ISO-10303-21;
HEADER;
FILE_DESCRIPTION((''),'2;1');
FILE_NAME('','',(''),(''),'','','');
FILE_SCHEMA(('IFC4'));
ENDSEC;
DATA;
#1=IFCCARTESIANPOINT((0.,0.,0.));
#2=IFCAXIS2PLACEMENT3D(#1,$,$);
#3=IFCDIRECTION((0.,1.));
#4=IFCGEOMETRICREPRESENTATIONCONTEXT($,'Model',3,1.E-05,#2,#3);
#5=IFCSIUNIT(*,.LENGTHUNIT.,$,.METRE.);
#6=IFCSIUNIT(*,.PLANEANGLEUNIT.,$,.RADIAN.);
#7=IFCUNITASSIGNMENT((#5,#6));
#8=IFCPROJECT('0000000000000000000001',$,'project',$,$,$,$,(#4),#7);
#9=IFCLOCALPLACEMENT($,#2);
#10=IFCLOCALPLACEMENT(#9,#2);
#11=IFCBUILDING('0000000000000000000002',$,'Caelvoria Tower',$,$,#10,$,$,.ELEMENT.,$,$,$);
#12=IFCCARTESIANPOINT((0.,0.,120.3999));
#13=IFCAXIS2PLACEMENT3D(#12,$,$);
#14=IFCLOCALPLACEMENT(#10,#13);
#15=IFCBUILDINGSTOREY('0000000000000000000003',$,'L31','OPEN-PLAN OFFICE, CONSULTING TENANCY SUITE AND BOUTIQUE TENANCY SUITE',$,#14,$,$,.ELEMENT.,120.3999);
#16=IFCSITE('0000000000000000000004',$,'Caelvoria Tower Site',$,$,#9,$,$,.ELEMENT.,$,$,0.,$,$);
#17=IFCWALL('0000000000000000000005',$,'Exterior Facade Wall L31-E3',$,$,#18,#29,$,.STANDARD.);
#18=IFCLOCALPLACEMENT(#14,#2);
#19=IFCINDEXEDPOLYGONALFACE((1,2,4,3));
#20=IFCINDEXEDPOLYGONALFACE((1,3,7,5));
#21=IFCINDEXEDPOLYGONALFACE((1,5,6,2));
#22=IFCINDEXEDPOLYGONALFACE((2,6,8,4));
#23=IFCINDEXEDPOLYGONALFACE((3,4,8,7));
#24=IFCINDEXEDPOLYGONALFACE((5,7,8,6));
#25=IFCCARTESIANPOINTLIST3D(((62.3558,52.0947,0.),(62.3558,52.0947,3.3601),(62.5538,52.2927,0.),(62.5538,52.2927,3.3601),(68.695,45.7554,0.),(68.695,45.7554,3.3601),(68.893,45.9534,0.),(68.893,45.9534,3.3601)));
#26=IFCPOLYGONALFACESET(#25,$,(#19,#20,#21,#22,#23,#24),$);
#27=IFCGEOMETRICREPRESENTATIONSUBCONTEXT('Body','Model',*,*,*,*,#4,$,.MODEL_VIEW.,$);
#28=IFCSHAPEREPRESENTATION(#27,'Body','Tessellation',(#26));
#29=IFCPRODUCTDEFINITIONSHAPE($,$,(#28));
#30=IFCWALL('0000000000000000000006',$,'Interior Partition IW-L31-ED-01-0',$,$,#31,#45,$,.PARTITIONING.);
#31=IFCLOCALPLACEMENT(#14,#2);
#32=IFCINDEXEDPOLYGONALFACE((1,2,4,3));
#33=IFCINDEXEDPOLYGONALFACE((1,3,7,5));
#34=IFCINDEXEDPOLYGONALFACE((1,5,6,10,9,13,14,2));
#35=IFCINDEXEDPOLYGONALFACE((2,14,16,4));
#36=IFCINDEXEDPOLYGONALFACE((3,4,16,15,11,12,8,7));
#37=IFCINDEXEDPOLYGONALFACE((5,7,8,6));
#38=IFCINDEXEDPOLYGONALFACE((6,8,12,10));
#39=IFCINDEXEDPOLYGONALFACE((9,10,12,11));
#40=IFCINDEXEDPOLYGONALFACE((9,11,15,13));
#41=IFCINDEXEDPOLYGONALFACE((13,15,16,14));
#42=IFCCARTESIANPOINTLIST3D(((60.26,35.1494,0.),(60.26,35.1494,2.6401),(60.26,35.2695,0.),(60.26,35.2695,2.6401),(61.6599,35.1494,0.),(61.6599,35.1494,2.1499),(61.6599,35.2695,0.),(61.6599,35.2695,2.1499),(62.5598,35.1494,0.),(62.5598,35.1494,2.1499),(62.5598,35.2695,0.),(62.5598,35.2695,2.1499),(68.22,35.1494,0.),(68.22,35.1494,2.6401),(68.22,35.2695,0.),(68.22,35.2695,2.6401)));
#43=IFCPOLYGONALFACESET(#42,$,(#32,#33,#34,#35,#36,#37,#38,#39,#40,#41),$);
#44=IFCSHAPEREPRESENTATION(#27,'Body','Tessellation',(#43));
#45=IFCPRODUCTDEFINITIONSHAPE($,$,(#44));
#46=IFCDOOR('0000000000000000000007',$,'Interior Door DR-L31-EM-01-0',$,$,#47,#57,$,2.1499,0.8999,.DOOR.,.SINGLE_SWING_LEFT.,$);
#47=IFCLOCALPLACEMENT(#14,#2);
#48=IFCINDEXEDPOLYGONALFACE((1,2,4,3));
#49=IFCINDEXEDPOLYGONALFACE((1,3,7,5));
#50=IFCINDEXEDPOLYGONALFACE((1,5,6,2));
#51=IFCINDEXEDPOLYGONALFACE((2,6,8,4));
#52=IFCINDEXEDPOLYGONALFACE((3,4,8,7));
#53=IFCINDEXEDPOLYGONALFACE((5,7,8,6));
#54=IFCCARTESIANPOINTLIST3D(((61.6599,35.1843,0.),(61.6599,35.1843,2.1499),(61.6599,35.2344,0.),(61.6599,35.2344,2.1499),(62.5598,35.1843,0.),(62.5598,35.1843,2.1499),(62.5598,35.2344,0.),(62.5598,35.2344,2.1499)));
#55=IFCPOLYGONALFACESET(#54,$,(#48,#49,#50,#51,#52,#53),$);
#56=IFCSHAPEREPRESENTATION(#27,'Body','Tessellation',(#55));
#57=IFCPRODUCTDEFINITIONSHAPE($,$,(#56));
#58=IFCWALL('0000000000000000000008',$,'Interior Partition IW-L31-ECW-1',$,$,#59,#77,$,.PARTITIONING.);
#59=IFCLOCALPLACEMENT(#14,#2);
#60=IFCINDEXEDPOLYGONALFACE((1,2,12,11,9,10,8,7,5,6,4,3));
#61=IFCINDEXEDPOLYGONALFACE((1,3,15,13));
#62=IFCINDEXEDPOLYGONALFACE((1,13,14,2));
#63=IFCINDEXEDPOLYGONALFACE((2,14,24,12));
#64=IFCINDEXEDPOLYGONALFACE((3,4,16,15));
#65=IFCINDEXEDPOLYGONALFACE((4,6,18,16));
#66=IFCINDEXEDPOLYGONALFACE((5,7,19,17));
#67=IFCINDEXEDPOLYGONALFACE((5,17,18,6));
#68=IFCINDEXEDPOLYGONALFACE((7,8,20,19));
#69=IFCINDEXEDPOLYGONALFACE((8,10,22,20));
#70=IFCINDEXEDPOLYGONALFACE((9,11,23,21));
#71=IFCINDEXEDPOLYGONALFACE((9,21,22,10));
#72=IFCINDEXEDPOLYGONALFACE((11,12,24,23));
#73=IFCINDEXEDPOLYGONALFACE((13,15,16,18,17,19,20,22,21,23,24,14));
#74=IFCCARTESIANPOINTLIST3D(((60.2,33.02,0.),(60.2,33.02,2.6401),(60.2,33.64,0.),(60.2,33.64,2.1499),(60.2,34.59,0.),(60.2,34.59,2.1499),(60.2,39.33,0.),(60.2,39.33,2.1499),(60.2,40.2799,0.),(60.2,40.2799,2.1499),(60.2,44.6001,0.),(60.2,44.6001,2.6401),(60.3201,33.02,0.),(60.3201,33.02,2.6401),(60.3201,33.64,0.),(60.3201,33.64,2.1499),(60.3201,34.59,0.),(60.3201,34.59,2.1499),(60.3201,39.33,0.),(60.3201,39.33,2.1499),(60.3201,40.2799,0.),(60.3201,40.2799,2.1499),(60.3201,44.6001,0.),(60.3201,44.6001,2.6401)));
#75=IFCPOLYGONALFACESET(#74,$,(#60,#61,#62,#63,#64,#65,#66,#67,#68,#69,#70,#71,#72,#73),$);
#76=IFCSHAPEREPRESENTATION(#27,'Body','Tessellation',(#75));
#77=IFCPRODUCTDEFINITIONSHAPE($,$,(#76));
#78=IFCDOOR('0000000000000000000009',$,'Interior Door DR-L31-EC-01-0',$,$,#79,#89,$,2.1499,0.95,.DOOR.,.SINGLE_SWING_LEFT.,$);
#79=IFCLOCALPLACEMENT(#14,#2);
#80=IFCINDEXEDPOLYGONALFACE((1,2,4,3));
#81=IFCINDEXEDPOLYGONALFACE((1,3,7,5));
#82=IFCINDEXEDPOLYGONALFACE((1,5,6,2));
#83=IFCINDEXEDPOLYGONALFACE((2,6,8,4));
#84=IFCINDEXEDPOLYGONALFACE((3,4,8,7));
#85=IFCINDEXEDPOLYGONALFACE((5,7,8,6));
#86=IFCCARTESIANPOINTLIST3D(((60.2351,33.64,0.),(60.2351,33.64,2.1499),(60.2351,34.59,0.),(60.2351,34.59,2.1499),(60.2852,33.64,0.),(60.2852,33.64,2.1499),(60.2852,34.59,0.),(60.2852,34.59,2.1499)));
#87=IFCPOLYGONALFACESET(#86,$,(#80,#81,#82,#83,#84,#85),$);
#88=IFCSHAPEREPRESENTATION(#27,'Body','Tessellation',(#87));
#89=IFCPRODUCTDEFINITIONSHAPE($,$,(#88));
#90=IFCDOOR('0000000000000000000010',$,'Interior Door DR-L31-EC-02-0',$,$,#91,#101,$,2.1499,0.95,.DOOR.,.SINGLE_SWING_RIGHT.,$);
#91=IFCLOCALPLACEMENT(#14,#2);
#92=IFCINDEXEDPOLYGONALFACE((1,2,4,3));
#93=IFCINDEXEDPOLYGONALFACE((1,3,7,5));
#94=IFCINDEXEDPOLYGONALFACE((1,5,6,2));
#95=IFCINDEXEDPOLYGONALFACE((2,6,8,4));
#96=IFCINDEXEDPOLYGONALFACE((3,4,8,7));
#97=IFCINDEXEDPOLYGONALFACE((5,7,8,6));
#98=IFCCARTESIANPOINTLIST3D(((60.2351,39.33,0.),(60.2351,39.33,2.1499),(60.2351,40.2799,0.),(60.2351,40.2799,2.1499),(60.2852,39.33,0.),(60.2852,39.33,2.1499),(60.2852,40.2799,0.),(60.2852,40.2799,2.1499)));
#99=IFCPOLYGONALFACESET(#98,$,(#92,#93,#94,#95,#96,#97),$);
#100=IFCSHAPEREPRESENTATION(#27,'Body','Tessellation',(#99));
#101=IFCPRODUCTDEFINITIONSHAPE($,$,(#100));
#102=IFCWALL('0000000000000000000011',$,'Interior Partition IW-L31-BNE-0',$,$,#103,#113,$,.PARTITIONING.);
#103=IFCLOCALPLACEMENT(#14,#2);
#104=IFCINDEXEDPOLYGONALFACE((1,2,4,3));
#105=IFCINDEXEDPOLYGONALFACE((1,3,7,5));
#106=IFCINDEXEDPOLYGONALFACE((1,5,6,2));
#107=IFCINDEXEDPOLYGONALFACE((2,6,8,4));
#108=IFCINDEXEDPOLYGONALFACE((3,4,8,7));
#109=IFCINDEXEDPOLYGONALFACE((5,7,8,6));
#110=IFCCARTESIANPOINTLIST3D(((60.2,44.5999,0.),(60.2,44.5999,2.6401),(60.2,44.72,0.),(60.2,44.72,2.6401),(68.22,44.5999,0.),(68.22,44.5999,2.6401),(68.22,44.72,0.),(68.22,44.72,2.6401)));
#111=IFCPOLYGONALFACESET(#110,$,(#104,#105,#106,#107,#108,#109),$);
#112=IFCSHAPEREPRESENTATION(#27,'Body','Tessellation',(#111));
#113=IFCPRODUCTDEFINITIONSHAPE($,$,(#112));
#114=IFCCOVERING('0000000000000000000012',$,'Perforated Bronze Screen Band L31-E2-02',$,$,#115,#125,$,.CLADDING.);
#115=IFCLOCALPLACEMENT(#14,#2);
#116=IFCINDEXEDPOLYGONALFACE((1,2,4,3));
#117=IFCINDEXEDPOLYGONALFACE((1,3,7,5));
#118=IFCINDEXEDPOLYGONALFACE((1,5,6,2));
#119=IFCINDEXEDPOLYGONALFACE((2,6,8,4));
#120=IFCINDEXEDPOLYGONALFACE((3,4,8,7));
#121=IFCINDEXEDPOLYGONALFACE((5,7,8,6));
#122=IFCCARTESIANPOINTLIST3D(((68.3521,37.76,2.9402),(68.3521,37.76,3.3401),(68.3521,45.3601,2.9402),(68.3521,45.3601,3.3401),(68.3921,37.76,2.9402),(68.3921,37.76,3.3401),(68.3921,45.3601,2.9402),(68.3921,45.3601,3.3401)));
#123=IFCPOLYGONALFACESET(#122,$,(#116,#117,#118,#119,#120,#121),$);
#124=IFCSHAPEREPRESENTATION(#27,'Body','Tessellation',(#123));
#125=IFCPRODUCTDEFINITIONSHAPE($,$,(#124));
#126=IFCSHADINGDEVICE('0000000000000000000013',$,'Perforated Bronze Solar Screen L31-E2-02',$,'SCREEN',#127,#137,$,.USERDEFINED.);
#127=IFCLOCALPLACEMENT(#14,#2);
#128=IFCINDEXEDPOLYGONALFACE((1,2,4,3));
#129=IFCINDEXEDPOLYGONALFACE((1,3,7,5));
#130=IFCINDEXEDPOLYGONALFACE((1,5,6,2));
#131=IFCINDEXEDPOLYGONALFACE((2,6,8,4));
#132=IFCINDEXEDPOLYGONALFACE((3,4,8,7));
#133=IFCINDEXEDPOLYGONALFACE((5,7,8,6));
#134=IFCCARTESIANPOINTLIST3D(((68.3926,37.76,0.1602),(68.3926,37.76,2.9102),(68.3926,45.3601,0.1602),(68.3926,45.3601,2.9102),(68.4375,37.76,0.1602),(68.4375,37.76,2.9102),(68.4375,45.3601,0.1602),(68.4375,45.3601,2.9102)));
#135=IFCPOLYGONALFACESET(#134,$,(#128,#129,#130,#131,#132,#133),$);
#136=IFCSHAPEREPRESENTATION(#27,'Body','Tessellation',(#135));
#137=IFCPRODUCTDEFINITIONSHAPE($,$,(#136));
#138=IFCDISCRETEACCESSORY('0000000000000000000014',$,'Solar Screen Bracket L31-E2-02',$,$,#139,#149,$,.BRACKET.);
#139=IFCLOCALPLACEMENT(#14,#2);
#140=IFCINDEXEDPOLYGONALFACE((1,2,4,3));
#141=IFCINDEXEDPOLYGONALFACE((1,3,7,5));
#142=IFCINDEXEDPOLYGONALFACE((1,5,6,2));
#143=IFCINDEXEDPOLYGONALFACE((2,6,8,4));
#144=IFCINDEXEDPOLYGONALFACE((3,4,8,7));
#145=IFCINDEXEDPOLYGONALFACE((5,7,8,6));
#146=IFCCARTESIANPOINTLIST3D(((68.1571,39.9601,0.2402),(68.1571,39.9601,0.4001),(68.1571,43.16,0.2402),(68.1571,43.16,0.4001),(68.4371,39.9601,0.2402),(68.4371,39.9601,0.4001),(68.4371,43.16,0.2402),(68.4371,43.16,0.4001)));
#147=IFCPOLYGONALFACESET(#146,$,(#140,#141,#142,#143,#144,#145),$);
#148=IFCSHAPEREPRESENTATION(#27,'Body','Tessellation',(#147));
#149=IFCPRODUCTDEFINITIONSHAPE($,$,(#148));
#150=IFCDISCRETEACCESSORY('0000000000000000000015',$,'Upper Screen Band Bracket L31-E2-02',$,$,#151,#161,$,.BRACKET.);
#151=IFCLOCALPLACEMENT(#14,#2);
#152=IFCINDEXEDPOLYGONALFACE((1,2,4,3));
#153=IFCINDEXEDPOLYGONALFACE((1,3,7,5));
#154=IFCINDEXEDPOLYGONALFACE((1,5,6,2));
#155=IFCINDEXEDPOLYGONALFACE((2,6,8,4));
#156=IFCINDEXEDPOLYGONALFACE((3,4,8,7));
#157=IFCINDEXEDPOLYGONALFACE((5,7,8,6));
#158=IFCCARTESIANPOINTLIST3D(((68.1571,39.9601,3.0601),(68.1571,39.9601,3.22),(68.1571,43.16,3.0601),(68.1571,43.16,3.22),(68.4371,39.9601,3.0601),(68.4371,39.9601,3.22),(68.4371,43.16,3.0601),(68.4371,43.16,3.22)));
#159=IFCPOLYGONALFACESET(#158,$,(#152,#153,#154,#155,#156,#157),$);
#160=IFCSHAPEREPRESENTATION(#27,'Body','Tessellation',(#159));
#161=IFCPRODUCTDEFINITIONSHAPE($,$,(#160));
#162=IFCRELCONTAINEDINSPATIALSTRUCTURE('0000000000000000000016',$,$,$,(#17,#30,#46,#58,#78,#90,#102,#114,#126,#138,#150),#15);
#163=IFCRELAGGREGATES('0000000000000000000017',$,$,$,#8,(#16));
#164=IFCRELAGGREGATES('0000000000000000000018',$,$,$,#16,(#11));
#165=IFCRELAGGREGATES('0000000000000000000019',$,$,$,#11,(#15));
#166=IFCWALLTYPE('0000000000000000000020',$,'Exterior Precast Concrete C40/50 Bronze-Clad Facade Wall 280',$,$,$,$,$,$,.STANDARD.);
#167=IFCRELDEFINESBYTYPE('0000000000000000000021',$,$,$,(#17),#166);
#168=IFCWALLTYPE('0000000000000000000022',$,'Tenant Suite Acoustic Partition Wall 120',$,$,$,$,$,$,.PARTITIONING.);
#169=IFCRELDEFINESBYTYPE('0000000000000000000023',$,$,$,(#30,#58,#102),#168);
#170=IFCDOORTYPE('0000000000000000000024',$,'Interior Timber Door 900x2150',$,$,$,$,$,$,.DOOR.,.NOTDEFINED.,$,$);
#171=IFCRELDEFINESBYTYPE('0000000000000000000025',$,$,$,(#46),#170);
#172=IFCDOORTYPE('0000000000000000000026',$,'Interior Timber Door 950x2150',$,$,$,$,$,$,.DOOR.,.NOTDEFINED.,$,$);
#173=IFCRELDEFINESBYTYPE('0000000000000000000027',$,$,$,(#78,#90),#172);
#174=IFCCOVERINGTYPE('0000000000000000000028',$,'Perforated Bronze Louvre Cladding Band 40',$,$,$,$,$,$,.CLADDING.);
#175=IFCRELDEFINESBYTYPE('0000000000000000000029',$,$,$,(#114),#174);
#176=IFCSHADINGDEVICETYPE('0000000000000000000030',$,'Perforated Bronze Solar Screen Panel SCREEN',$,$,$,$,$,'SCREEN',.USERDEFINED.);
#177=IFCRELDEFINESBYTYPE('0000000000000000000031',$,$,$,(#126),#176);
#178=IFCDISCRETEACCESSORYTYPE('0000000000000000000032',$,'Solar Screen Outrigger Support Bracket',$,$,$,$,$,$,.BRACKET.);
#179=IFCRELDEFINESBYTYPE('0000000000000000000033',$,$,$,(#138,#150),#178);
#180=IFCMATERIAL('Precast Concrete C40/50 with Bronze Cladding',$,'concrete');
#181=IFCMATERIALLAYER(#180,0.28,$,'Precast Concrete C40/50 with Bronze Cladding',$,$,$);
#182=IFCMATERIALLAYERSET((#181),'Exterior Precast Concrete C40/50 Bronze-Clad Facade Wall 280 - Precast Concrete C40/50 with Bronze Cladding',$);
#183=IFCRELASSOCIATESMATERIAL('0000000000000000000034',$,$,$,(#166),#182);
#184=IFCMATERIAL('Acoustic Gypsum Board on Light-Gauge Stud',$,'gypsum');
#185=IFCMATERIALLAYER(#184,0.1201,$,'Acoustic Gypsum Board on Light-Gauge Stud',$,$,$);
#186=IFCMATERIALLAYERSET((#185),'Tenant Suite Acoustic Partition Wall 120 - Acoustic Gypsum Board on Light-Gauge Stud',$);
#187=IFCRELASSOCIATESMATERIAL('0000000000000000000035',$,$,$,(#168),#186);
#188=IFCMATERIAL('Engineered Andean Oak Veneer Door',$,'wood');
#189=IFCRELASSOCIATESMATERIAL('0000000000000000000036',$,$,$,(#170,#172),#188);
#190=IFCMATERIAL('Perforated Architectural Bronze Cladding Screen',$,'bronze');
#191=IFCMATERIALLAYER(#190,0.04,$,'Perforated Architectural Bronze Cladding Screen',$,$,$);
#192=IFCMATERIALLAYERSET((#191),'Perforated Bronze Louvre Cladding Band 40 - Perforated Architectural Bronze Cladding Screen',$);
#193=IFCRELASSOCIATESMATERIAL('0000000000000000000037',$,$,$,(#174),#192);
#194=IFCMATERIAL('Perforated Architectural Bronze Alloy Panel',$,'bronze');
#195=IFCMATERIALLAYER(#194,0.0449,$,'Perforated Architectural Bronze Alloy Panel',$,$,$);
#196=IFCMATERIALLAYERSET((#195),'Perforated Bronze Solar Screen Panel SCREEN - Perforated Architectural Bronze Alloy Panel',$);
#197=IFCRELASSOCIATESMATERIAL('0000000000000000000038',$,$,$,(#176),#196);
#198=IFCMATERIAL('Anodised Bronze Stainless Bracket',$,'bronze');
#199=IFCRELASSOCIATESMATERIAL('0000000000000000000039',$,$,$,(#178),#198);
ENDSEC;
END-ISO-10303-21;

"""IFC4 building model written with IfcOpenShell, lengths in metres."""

from ifc_helpers import new_model, si_unit, direction, frame, frame_2d, origin, origin_2d, place, context, subcontext, project, spatial, rectangle, extrude, material, layer, layer_set, type_object, element, fill, save


model = new_model("IFC4")

# Units and contexts
model_context = context("Model", 3, precision=1e-05, world=origin(), true_north=direction((0.0, 1.0)))
body_context = subcontext(model_context, "Body", "Model", "MODEL_VIEW")
ifc_project = project(units=[si_unit("LENGTHUNIT", "METRE"), si_unit("PLANEANGLEUNIT", "RADIAN")], contexts=[model_context])

# Site, building, storey
site_placement = place(None, origin())
site = spatial("IfcSite", under=ifc_project, at=site_placement, Name="Caelvoria Tower Site", CompositionType="ELEMENT", RefElevation=0.0)
building_placement = place(site_placement, origin())
building = spatial("IfcBuilding", under=site, at=building_placement, Name="Caelvoria Tower", CompositionType="ELEMENT")
storey_placement = place(building_placement, frame((0.0, 0.0, 120.3999)))
storey = spatial("IfcBuildingStorey", under=building, at=storey_placement, Name="L31", Description="OPEN-PLAN OFFICE, CONSULTING TENANCY SUITE AND BOUTIQUE TENANCY SUITE", CompositionType="ELEMENT", Elevation=120.3999)

# Wall
ifc_material_1 = material(Name="Precast Concrete C40/50 with Bronze Cladding", Category="concrete")
ifc_layer_1 = layer(ifc_material_1, 0.28, Name="Precast Concrete C40/50 with Bronze Cladding")
ifc_layer_set_1 = layer_set([ifc_layer_1], Name="Exterior Precast Concrete C40/50 Bronze-Clad Facade Wall 280 - Precast Concrete C40/50 with Bronze Cladding")
wall_type_1 = type_object("IfcWallType", Name="Exterior Precast Concrete C40/50 Bronze-Clad Facade Wall 280", PredefinedType="STANDARD", material=ifc_layer_set_1)
wall_1_placement = place(storey_placement, frame((68.7939, 45.8545, 0.0), z_axis=(0.0, 0.0, 1.0), x_axis=(-0.707107, 0.707107, 0.0)))
element("IfcWall", 1, at=wall_1_placement, inside=storey, type_object=wall_type_1, Name="Exterior Facade Wall L31-E3", PredefinedType="STANDARD", context=body_context, shape_type="SweptSolid", body=[
    extrude(rectangle(XDim=8.9651, YDim=0.28, at=frame_2d((4.4824, 0.0))), origin(), (0.0, 0.0, 1.0), 3.3601),
])

# Wall, opening, door
ifc_material_2 = material(Name="Acoustic Gypsum Board on Light-Gauge Stud", Category="gypsum")
ifc_layer_2 = layer(ifc_material_2, 0.1201, Name="Acoustic Gypsum Board on Light-Gauge Stud")
ifc_layer_set_2 = layer_set([ifc_layer_2], Name="Tenant Suite Acoustic Partition Wall 120 - Acoustic Gypsum Board on Light-Gauge Stud")
wall_type_2 = type_object("IfcWallType", Name="Tenant Suite Acoustic Partition Wall 120", PredefinedType="PARTITIONING", material=ifc_layer_set_2)
wall_2_placement = place(storey_placement, frame((60.26, 35.2095, 0.0), z_axis=(0.0, 0.0, 1.0), x_axis=(1.0, 0.0, 0.0)))
wall_2 = element("IfcWall", 2, at=wall_2_placement, inside=storey, type_object=wall_type_2, Name="Interior Partition IW-L31-ED-01-0", PredefinedType="PARTITIONING", context=body_context, shape_type="SweptSolid", body=[
    extrude(rectangle(XDim=7.96, YDim=0.1201, at=frame_2d((3.98, 0.0))), origin(), (0.0, 0.0, 1.0), 2.6401),
])
opening_1_placement = place(wall_2_placement, frame((1.3999, 0.0, 0.0)))
opening_1 = element("IfcOpeningElement", 3, at=opening_1_placement, cuts=wall_2, PredefinedType="OPENING", context=body_context, shape_type="SweptSolid", body=[
    extrude(rectangle(XDim=0.8999, YDim=2.1499, at=frame_2d((0.45, 1.075))), frame((0.0, 0.0701, 0.0), z_axis=(0.0, -1.0, 0.0), x_axis=(1.0, 0.0, 0.0)), (0.0, 0.0, 1.0), 0.1401),
])
ifc_material_3 = material(Name="Engineered Andean Oak Veneer Door", Category="wood")
door_type_1 = type_object("IfcDoorType", Name="Interior Timber Door 900x2150", OperationType="NOTDEFINED", PredefinedType="DOOR", material=ifc_material_3)
door_1_placement = place(opening_1_placement, origin())
door_1 = element("IfcDoor", 4, at=door_1_placement, inside=storey, type_object=door_type_1, Name="Interior Door DR-L31-EM-01-0", OperationType="SINGLE_SWING_LEFT", OverallHeight=2.1499, OverallWidth=0.8999, PredefinedType="DOOR", context=body_context, shape_type="SweptSolid", body=[
    extrude(rectangle(XDim=0.8999, YDim=2.1499, at=frame_2d((0.45, 1.075))), frame((0.0, 0.0249, 0.0), z_axis=(0.0, -1.0, 0.0), x_axis=(1.0, 0.0, 0.0)), (0.0, 0.0, 1.0), 0.05),
])
fill(opening_1, door_1)

# Wall, openings, doors
wall_3_placement = place(storey_placement, frame((60.26, 33.02, 0.0), z_axis=(0.0, 0.0, 1.0), x_axis=(0.0, 1.0, 0.0)))
wall_3 = element("IfcWall", 5, at=wall_3_placement, inside=storey, type_object=wall_type_2, Name="Interior Partition IW-L31-ECW-1", PredefinedType="PARTITIONING", context=body_context, shape_type="SweptSolid", body=[
    extrude(rectangle(XDim=11.5801, YDim=0.1201, at=frame_2d((5.79, 0.0))), origin(), (0.0, 0.0, 1.0), 2.6401),
])
opening_2_placement = place(wall_3_placement, frame((0.6199, 0.0, 0.0)))
opening_2 = element("IfcOpeningElement", 6, at=opening_2_placement, cuts=wall_3, PredefinedType="OPENING", context=body_context, shape_type="SweptSolid", body=[
    extrude(rectangle(XDim=0.95, YDim=2.1499, at=frame_2d((0.4751, 1.075))), frame((0.0, 0.0701, 0.0), z_axis=(0.0, -1.0, 0.0), x_axis=(1.0, 0.0, 0.0)), (0.0, 0.0, 1.0), 0.1401),
])
opening_3_placement = place(wall_3_placement, frame((6.3098, 0.0, 0.0)))
opening_3 = element("IfcOpeningElement", 7, at=opening_3_placement, cuts=wall_3, PredefinedType="OPENING", context=body_context, shape_type="SweptSolid", body=[
    extrude(rectangle(XDim=0.95, YDim=2.1499, at=frame_2d((0.4751, 1.075))), frame((0.0, 0.0701, 0.0), z_axis=(0.0, -1.0, 0.0), x_axis=(1.0, 0.0, 0.0)), (0.0, 0.0, 1.0), 0.1401),
])
door_type_2 = type_object("IfcDoorType", Name="Interior Timber Door 950x2150", OperationType="NOTDEFINED", PredefinedType="DOOR", material=ifc_material_3)
door_2_placement = place(opening_2_placement, origin())
door_2 = element("IfcDoor", 8, at=door_2_placement, inside=storey, type_object=door_type_2, Name="Interior Door DR-L31-EC-01-0", OperationType="SINGLE_SWING_LEFT", OverallHeight=2.1499, OverallWidth=0.95, PredefinedType="DOOR", context=body_context, shape_type="SweptSolid", body=[
    extrude(rectangle(XDim=0.95, YDim=2.1499, at=frame_2d((0.4751, 1.075))), frame((0.0, 0.0249, 0.0), z_axis=(0.0, -1.0, 0.0), x_axis=(1.0, 0.0, 0.0)), (0.0, 0.0, 1.0), 0.05),
])
fill(opening_2, door_2)
door_3_placement = place(opening_3_placement, origin())
door_3 = element("IfcDoor", 9, at=door_3_placement, inside=storey, type_object=door_type_2, Name="Interior Door DR-L31-EC-02-0", OperationType="SINGLE_SWING_RIGHT", OverallHeight=2.1499, OverallWidth=0.95, PredefinedType="DOOR", context=body_context, shape_type="SweptSolid", body=[
    extrude(rectangle(XDim=0.95, YDim=2.1499, at=frame_2d((0.4751, 1.075))), frame((0.0, 0.0249, 0.0), z_axis=(0.0, -1.0, 0.0), x_axis=(1.0, 0.0, 0.0)), (0.0, 0.0, 1.0), 0.05),
])
fill(opening_3, door_3)

# Wall
wall_4_placement = place(storey_placement, frame((60.2, 44.6599, 0.0), z_axis=(0.0, 0.0, 1.0), x_axis=(1.0, 0.0, 0.0)))
element("IfcWall", 10, at=wall_4_placement, inside=storey, type_object=wall_type_2, Name="Interior Partition IW-L31-BNE-0", PredefinedType="PARTITIONING", context=body_context, shape_type="SweptSolid", body=[
    extrude(rectangle(XDim=8.02, YDim=0.1201, at=frame_2d((4.01, 0.0))), origin(), (0.0, 0.0, 1.0), 2.6401),
])

# Covering
ifc_material_4 = material(Name="Perforated Architectural Bronze Cladding Screen", Category="bronze")
ifc_layer_3 = layer(ifc_material_4, 0.04, Name="Perforated Architectural Bronze Cladding Screen")
ifc_layer_set_3 = layer_set([ifc_layer_3], Name="Perforated Bronze Louvre Cladding Band 40 - Perforated Architectural Bronze Cladding Screen")
covering_type = type_object("IfcCoveringType", Name="Perforated Bronze Louvre Cladding Band 40", PredefinedType="CLADDING", material=ifc_layer_set_3)
covering_placement = place(storey_placement, frame((68.3721, 41.5601, 2.9402), z_axis=(0.0, 0.0, 1.0), x_axis=(0.0, 1.0, 0.0)))
element("IfcCovering", 11, at=covering_placement, inside=storey, type_object=covering_type, Name="Perforated Bronze Screen Band L31-E2-02", PredefinedType="CLADDING", context=body_context, shape_type="SweptSolid", body=[
    extrude(rectangle(XDim=7.6001, YDim=0.04, at=origin_2d()), origin(), (0.0, 0.0, 1.0), 0.3999),
])

# Shading device
ifc_material_5 = material(Name="Perforated Architectural Bronze Alloy Panel", Category="bronze")
ifc_layer_4 = layer(ifc_material_5, 0.0449, Name="Perforated Architectural Bronze Alloy Panel")
ifc_layer_set_4 = layer_set([ifc_layer_4], Name="Perforated Bronze Solar Screen Panel SCREEN - Perforated Architectural Bronze Alloy Panel")
shading_device_type = type_object("IfcShadingDeviceType", Name="Perforated Bronze Solar Screen Panel SCREEN", ElementType="SCREEN", PredefinedType="USERDEFINED", material=ifc_layer_set_4)
shading_device_placement = place(storey_placement, frame((68.415, 41.5601, 0.1602), z_axis=(0.0, 0.0, 1.0), x_axis=(0.0, 1.0, 0.0)))
element("IfcShadingDevice", 12, at=shading_device_placement, inside=storey, type_object=shading_device_type, Name="Perforated Bronze Solar Screen L31-E2-02", ObjectType="SCREEN", PredefinedType="USERDEFINED", context=body_context, shape_type="SweptSolid", body=[
    extrude(rectangle(XDim=7.6001, YDim=0.0449, at=origin_2d()), origin(), (0.0, 0.0, 1.0), 2.75),
])

# Discrete accessories
ifc_material_6 = material(Name="Anodised Bronze Stainless Bracket", Category="bronze")
discrete_accessory_type = type_object("IfcDiscreteAccessoryType", Name="Solar Screen Outrigger Support Bracket", PredefinedType="BRACKET", material=ifc_material_6)
for number, where, z_axis, x_axis, name in (
    (13, (68.2971, 41.5601, 0.2402), (0.0, 0.0, 1.0), (0.0, 1.0, 0.0), "Solar Screen Bracket L31-E2-02"),
    (14, (68.2971, 41.5601, 3.0601), (0.0, 0.0, 1.0), (0.0, 1.0, 0.0), "Upper Screen Band Bracket L31-E2-02"),
):
    element("IfcDiscreteAccessory", number, at=place(storey_placement, frame(where, z_axis=z_axis, x_axis=x_axis)), inside=storey, type_object=discrete_accessory_type, Name=name, PredefinedType="BRACKET", context=body_context, shape_type="SweptSolid", body=[
        extrude(rectangle(XDim=3.2, YDim=0.28, at=origin_2d()), origin(), (0.0, 0.0, 1.0), 0.1599),
    ])

save(model, "model.ifc")
